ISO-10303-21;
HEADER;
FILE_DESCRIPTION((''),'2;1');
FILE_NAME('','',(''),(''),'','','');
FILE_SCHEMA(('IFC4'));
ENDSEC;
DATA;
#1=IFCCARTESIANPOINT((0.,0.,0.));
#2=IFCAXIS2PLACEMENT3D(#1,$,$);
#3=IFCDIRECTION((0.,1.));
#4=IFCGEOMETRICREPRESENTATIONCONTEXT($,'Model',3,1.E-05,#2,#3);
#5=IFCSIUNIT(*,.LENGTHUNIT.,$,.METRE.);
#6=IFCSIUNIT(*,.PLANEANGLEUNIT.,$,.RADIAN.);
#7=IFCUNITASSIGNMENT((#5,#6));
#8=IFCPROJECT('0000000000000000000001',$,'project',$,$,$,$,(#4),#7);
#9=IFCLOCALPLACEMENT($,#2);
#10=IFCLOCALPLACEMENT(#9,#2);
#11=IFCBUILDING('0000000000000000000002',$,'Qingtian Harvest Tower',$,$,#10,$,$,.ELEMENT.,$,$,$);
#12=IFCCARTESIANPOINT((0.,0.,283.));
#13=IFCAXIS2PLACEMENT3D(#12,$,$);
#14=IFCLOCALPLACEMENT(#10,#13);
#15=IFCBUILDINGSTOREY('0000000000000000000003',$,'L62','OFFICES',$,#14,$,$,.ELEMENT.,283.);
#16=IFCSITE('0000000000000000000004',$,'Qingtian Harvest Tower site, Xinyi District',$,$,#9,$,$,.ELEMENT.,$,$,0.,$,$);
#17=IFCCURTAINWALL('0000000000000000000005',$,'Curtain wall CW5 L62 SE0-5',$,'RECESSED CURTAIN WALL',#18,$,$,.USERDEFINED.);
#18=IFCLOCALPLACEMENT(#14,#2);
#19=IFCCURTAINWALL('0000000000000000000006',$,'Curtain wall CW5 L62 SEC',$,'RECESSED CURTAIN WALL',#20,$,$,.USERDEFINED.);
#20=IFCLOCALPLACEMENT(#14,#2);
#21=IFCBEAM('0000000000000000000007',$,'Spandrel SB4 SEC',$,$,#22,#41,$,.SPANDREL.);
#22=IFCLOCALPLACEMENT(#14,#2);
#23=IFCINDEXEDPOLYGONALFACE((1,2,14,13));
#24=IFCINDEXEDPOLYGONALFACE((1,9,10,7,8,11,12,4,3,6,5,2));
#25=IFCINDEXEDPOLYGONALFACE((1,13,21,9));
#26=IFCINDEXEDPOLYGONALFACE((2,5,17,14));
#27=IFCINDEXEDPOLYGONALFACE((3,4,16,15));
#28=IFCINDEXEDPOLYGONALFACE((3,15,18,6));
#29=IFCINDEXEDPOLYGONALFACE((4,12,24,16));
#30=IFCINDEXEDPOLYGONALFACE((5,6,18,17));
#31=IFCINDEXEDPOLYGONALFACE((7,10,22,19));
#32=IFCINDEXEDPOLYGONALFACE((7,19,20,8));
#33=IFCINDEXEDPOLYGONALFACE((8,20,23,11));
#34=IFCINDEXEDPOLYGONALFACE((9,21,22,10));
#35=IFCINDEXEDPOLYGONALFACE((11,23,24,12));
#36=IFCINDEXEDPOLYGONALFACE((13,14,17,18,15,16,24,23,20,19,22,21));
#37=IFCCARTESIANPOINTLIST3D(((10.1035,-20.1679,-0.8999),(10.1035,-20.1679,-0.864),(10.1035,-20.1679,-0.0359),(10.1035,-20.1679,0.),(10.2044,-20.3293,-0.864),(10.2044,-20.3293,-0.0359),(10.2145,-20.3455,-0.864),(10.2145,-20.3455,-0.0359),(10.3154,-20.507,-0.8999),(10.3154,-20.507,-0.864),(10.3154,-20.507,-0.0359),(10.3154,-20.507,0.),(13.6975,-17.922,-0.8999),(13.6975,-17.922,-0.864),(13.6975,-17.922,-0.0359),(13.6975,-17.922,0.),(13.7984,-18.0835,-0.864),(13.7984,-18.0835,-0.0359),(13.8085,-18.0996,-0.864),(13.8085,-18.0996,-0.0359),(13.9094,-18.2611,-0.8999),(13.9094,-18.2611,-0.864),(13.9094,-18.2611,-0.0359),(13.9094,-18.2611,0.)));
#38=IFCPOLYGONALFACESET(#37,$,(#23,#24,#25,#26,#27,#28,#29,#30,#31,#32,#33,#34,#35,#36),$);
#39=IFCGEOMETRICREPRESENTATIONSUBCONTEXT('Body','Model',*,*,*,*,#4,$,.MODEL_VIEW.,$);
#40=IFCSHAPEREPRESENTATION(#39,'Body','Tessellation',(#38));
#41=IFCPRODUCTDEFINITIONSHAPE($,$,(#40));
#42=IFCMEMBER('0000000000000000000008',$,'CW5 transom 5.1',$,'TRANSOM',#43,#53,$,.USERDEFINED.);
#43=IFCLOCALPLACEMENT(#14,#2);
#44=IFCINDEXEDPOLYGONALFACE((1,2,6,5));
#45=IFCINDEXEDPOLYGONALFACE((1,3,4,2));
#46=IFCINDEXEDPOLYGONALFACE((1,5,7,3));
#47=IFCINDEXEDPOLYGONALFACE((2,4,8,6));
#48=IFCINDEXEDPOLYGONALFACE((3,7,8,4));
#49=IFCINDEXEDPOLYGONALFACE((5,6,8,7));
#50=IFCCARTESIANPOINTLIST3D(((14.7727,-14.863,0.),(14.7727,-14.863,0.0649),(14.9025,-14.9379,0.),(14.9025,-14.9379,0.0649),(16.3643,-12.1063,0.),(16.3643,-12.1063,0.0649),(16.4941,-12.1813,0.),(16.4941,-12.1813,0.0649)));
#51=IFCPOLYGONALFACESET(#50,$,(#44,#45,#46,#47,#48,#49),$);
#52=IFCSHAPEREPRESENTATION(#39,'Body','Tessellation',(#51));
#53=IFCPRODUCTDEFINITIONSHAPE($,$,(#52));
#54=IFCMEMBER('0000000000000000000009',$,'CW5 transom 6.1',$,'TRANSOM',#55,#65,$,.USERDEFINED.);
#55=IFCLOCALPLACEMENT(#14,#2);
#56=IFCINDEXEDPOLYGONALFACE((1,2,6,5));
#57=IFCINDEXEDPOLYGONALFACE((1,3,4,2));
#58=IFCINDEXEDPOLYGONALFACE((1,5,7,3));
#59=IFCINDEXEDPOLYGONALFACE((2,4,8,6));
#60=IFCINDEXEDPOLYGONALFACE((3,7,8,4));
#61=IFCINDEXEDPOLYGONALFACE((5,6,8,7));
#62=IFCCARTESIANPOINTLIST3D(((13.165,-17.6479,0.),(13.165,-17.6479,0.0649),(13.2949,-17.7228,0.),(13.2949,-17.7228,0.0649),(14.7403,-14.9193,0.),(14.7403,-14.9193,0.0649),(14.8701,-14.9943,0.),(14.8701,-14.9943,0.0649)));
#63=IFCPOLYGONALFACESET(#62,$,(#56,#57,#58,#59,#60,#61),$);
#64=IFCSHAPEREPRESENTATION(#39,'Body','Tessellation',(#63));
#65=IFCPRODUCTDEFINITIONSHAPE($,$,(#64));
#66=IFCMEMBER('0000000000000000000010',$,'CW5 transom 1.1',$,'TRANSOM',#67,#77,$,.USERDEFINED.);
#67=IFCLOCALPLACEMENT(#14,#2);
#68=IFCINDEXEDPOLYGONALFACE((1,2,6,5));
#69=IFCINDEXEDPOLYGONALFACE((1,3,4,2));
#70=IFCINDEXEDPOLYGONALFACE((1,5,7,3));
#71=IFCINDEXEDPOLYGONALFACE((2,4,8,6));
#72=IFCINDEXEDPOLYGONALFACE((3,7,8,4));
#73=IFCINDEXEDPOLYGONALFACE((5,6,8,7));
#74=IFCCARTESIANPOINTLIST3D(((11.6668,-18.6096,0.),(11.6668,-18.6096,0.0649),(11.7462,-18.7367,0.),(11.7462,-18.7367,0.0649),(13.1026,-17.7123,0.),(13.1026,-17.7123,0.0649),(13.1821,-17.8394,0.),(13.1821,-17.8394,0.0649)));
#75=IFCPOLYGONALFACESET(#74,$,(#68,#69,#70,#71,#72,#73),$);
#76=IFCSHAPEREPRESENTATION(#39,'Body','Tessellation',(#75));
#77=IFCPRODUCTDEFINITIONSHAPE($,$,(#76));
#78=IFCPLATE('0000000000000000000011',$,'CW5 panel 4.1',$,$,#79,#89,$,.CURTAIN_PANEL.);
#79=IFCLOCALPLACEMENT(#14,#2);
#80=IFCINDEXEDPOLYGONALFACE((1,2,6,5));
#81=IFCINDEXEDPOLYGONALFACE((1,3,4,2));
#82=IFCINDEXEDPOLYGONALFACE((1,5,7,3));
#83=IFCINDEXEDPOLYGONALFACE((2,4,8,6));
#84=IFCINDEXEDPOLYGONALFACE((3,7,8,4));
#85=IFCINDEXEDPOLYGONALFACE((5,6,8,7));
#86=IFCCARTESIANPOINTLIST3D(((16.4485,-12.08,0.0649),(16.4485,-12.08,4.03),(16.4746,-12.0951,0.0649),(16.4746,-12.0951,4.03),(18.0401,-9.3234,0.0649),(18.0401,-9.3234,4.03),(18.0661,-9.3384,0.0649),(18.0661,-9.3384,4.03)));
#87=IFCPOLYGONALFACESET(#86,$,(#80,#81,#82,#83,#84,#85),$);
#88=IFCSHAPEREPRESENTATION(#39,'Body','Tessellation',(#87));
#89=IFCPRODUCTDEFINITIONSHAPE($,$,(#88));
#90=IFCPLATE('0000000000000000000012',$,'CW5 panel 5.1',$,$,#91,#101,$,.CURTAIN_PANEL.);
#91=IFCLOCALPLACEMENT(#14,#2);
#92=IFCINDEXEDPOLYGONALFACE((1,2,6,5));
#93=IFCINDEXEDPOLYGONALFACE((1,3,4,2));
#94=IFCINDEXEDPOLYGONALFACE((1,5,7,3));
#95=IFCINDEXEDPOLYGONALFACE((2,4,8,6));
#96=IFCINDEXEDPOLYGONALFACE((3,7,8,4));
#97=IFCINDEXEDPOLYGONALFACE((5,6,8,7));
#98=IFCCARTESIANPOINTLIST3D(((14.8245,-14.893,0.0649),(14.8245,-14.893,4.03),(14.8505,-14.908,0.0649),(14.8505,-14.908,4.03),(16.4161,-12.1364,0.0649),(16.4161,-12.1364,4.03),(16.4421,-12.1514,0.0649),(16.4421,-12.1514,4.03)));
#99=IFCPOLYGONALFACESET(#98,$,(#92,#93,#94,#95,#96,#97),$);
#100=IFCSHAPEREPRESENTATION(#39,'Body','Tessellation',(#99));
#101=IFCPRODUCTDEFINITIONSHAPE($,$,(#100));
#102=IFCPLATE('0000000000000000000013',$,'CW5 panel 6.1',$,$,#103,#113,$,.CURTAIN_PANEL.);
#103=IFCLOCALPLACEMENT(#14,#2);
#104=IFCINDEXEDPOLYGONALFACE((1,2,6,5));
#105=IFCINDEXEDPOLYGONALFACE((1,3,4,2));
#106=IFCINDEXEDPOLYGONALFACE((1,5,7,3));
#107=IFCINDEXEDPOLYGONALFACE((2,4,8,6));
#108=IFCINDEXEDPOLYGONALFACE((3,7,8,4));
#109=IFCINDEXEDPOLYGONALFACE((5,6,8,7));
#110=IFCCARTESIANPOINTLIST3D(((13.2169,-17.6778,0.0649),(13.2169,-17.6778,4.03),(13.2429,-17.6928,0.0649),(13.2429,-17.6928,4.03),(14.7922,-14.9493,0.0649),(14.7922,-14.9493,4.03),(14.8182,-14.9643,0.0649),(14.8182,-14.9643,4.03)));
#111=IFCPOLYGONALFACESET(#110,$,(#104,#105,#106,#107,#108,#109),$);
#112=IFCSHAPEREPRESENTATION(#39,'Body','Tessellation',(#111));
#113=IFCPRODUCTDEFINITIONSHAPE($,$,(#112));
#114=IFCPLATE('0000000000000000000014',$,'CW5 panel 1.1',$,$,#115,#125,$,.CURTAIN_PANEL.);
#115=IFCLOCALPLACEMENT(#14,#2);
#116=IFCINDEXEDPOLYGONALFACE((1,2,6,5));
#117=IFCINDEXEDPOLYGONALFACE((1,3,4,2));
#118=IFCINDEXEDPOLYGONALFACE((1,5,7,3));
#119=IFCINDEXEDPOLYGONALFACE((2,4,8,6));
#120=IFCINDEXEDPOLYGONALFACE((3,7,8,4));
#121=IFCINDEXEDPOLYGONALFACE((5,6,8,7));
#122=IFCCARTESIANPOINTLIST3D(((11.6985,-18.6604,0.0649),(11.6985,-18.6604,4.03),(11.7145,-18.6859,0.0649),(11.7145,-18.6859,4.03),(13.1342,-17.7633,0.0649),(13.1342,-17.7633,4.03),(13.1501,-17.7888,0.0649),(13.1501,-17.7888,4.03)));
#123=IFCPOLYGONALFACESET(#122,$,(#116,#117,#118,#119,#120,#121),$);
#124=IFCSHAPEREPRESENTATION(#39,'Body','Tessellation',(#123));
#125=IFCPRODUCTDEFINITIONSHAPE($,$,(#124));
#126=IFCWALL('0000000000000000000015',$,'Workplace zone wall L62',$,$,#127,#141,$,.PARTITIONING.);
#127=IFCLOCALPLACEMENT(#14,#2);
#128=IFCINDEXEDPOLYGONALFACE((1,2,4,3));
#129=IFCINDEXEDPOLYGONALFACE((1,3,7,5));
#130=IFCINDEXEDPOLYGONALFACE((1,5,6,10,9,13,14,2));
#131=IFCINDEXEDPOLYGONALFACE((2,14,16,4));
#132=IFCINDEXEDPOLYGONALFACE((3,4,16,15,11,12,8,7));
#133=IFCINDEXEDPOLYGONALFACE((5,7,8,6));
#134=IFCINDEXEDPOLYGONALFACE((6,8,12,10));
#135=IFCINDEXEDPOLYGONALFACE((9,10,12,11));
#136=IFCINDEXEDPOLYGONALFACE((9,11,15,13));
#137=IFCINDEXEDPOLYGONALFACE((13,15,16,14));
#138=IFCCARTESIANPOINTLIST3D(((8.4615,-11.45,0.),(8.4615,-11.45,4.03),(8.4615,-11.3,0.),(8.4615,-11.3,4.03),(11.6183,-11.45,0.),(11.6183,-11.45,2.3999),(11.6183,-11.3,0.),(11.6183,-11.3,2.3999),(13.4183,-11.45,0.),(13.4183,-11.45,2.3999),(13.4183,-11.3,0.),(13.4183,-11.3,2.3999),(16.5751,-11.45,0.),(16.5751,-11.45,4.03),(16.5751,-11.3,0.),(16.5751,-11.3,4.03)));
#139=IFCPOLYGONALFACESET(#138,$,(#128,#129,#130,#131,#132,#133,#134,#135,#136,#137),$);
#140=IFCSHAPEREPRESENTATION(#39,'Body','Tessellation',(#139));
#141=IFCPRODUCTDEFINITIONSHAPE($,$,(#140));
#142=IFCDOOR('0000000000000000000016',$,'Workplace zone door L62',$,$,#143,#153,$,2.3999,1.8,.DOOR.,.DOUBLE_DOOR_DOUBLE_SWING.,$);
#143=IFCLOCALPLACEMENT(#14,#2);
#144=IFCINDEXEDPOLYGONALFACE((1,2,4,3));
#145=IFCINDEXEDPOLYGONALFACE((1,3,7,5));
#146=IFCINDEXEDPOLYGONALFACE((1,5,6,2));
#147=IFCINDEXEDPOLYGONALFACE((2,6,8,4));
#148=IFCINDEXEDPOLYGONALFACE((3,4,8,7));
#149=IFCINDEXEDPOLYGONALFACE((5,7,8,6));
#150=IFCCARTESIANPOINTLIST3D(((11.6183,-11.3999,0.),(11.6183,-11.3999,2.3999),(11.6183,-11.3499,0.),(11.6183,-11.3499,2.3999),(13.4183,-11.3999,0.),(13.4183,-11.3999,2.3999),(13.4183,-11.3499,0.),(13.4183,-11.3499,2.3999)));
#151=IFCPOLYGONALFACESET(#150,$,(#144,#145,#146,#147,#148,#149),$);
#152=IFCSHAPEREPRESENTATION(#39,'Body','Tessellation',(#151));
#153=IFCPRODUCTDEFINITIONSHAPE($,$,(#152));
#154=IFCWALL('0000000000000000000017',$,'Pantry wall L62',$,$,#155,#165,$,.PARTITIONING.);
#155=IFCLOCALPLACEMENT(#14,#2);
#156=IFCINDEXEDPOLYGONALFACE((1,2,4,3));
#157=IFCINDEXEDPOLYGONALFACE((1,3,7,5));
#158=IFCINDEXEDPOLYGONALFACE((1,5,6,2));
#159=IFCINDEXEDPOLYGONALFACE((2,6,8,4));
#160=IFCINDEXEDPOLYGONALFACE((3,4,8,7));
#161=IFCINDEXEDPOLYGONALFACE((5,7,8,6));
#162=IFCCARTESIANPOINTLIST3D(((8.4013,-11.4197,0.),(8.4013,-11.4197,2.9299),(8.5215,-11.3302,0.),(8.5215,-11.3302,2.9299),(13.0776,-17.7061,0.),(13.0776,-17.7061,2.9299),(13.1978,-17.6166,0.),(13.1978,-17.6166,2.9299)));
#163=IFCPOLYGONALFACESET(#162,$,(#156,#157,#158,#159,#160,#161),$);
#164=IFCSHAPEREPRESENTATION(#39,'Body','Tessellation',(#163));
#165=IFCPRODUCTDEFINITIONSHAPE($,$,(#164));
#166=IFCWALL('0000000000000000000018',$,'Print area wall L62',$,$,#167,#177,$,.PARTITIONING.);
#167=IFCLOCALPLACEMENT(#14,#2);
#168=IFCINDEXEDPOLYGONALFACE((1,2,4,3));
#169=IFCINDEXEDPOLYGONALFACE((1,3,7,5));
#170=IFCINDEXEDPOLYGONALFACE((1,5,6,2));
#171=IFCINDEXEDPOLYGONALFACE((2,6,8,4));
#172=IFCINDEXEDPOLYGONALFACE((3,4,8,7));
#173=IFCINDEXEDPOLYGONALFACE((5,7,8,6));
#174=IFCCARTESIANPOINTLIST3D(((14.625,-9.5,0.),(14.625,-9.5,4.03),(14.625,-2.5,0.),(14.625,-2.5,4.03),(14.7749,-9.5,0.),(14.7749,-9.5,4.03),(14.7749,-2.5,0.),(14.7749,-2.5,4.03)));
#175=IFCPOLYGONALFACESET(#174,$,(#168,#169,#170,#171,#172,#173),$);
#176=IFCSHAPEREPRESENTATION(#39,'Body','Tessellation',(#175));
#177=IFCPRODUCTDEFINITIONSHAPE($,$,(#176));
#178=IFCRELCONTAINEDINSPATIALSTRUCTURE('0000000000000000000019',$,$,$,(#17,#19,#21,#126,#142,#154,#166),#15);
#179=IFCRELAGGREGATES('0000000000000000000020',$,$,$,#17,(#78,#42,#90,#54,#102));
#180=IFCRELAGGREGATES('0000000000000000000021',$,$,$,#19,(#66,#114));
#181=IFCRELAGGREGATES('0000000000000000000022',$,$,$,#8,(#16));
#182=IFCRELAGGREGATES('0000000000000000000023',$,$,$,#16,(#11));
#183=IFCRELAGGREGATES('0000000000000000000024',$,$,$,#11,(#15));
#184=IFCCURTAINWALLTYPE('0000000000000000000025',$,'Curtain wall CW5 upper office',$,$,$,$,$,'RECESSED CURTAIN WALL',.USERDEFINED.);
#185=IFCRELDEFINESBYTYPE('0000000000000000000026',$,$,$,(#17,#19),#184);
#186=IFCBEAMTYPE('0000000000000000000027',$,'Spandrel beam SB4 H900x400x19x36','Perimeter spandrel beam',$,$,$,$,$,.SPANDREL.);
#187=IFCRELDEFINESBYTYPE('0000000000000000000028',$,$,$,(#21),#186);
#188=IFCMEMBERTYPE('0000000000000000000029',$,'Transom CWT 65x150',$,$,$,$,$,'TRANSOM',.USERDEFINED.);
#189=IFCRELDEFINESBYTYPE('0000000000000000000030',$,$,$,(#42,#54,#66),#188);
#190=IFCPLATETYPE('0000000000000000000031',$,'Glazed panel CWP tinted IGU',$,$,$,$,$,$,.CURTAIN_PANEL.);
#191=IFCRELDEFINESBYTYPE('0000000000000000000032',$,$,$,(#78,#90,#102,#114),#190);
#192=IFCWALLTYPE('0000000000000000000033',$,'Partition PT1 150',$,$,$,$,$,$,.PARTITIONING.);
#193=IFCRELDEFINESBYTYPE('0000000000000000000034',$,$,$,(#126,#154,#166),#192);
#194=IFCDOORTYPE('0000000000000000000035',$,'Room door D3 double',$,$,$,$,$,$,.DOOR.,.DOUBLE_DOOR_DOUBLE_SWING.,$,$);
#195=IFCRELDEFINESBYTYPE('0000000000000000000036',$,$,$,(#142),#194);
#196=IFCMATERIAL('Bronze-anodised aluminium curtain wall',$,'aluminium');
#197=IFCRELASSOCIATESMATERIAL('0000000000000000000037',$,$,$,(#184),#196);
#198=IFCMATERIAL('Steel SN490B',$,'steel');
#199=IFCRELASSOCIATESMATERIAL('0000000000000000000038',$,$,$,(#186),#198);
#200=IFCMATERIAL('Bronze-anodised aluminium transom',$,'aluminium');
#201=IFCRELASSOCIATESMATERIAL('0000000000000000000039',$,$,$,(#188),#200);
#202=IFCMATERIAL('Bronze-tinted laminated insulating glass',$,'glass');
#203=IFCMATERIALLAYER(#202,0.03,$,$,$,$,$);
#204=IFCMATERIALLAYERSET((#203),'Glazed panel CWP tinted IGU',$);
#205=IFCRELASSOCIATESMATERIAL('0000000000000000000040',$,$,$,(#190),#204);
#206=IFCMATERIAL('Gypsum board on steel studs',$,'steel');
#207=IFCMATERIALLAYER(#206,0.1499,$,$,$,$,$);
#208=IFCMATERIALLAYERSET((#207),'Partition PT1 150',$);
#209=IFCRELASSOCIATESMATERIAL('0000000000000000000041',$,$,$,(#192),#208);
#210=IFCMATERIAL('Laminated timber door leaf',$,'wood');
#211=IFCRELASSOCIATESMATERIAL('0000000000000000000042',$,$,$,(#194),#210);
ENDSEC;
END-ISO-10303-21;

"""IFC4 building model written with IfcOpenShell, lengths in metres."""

from ifc_helpers import new_model, si_unit, direction, frame, frame_2d, origin, origin_2d, place, context, subcontext, project, spatial, rectangle, i_section, extrude, material, layer, layer_set, material_profile, profile_set, type_object, element, fill, aggregate, save


model = new_model("IFC4")

# Units and contexts
model_context = context("Model", 3, precision=1e-05, world=origin(), true_north=direction((0.0, 1.0)))
body_context = subcontext(model_context, "Body", "Model", "MODEL_VIEW")
ifc_project = project(units=[si_unit("LENGTHUNIT", "METRE"), si_unit("PLANEANGLEUNIT", "RADIAN")], contexts=[model_context])

# Site, building, storey
site_placement = place(None, origin())
site = spatial("IfcSite", under=ifc_project, at=site_placement, Name="Qingtian Harvest Tower site, Xinyi District", CompositionType="ELEMENT", RefElevation=0.0)
building_placement = place(site_placement, origin())
building = spatial("IfcBuilding", under=site, at=building_placement, Name="Qingtian Harvest Tower", CompositionType="ELEMENT")
storey_placement = place(building_placement, frame((0.0, 0.0, 283.0)))
storey = spatial("IfcBuildingStorey", under=building, at=storey_placement, Name="L62", Description="OFFICES", CompositionType="ELEMENT", Elevation=283.0)

# Curtain walls
ifc_material_1 = material(Name="Bronze-anodised aluminium curtain wall", Category="aluminium")
curtain_wall_type = type_object("IfcCurtainWallType", Name="Curtain wall CW5 upper office", ElementType="RECESSED CURTAIN WALL", PredefinedType="USERDEFINED", material=ifc_material_1)
curtain_wall_1_placement = place(storey_placement, origin())
curtain_wall_1 = element("IfcCurtainWall", 1, at=curtain_wall_1_placement, inside=storey, type_object=curtain_wall_type, Name="Curtain wall CW5 L62 SE0-5", ObjectType="RECESSED CURTAIN WALL", PredefinedType="USERDEFINED")
curtain_wall_2_placement = place(storey_placement, origin())
curtain_wall_2 = element("IfcCurtainWall", 2, at=curtain_wall_2_placement, inside=storey, type_object=curtain_wall_type, Name="Curtain wall CW5 L62 SEC", ObjectType="RECESSED CURTAIN WALL", PredefinedType="USERDEFINED")

# Beam
ifc_material_2 = material(Name="Steel SN490B", Category="steel")
ifc_material_profile_1 = material_profile(ifc_material_2, i_section(OverallWidth=0.3999, OverallDepth=0.8999, WebThickness=0.019, FlangeThickness=0.0359, at=origin_2d()), Name="H900x400x19x36")
ifc_profile_set_1 = profile_set([ifc_material_profile_1], Name="Steel SN490B")
beam_type_1 = type_object("IfcBeamType", Name="Spandrel beam SB4 H900x400x19x36", Description="Perimeter spandrel beam", PredefinedType="SPANDREL", material=ifc_profile_set_1)
beam_1_placement = place(storey_placement, frame((13.8035, -18.0916, -0.45), z_axis=(-0.84804, -0.529932, 0.0), x_axis=(0.529932, -0.84804, 0.0)))
element("IfcBeam", 3, at=beam_1_placement, inside=storey, type_object=beam_type_1, Name="Spandrel SB4 SEC", PredefinedType="SPANDREL", context=body_context, shape_type="SweptSolid", body=[
    extrude(i_section(OverallWidth=0.3999, OverallDepth=0.8999, WebThickness=0.019, FlangeThickness=0.0359, at=origin_2d()), origin(), (0.0, 0.0, 1.0), 4.238),
])

# Members
ifc_material_3 = material(Name="Bronze-anodised aluminium transom", Category="aluminium")
ifc_material_profile_2 = material_profile(ifc_material_3, rectangle(XDim=0.1499, YDim=0.0649, at=origin_2d()), Name="AL 65x150")
ifc_profile_set_2 = profile_set([ifc_material_profile_2], Name="Bronze-anodised aluminium transom")
member_type_1 = type_object("IfcMemberType", Name="Transom CWT 65x150", ElementType="TRANSOM", PredefinedType="USERDEFINED", material=ifc_profile_set_2)
member_1_placement = place(storey_placement, frame((16.4292, -12.1438, 0.0325), z_axis=(-0.500008, -0.866021, 0.0), x_axis=(0.866021, -0.500008, 0.0)))
member_1 = element("IfcMember", 4, at=member_1_placement, type_object=member_type_1, Name="CW5 transom 5.1", ObjectType="TRANSOM", PredefinedType="USERDEFINED", context=body_context, shape_type="SweptSolid", body=[
    extrude(rectangle(XDim=0.1499, YDim=0.0649, at=origin_2d()), origin(), (0.0, 0.0, 1.0), 3.1831),
])
member_2_placement = place(storey_placement, frame((14.8052, -14.9568, 0.0325), z_axis=(-0.499973, -0.866041, 0.0), x_axis=(0.866041, -0.499973, 0.0)))
member_2 = element("IfcMember", 5, at=member_2_placement, type_object=member_type_1, Name="CW5 transom 6.1", ObjectType="TRANSOM", PredefinedType="USERDEFINED", context=body_context, shape_type="SweptSolid", body=[
    extrude(rectangle(XDim=0.1499, YDim=0.0649, at=origin_2d()), origin(), (0.0, 0.0, 1.0), 3.1506),
])
member_3_placement = place(storey_placement, frame((13.1423, -17.7759, 0.0325), z_axis=(-0.848039, -0.529934, 0.0), x_axis=(0.529934, -0.848039, 0.0)))
member_3 = element("IfcMember", 6, at=member_3_placement, type_object=member_type_1, Name="CW5 transom 1.1", ObjectType="TRANSOM", PredefinedType="USERDEFINED", context=body_context, shape_type="SweptSolid", body=[
    extrude(rectangle(XDim=0.1499, YDim=0.0649, at=origin_2d()), origin(), (0.0, 0.0, 1.0), 1.6931),
])

# Plates
ifc_material_4 = material(Name="Bronze-tinted laminated insulating glass", Category="glass")
ifc_layer_1 = layer(ifc_material_4, 0.03)
ifc_layer_set_1 = layer_set([ifc_layer_1], Name="Glazed panel CWP tinted IGU")
plate_type = type_object("IfcPlateType", Name="Glazed panel CWP tinted IGU", PredefinedType="CURTAIN_PANEL", material=ifc_layer_set_1)
plate_1_placement = place(storey_placement, frame((17.2573, -10.7092, 0.0649), z_axis=(0.0, 0.0, 1.0), x_axis=(-0.5, -0.866025, 0.0)))
plate_1 = element("IfcPlate", 7, at=plate_1_placement, type_object=plate_type, Name="CW5 panel 4.1", PredefinedType="CURTAIN_PANEL", context=body_context, shape_type="SweptSolid", body=[
    extrude(rectangle(XDim=3.1831, YDim=0.03, at=origin_2d()), origin(), (0.0, 0.0, 1.0), 3.9651),
])
plate_2_placement = place(storey_placement, frame((15.6333, -13.5222, 0.0649), z_axis=(0.0, 0.0, 1.0), x_axis=(-0.5, -0.866025, 0.0)))
plate_2 = element("IfcPlate", 8, at=plate_2_placement, type_object=plate_type, Name="CW5 panel 5.1", PredefinedType="CURTAIN_PANEL", context=body_context, shape_type="SweptSolid", body=[
    extrude(rectangle(XDim=3.1831, YDim=0.03, at=origin_2d()), origin(), (0.0, 0.0, 1.0), 3.9651),
])
plate_3_placement = place(storey_placement, frame((14.0176, -16.321, 0.0649), z_axis=(0.0, 0.0, 1.0), x_axis=(-0.5, -0.866025, 0.0)))
plate_3 = element("IfcPlate", 9, at=plate_3_placement, type_object=plate_type, Name="CW5 panel 6.1", PredefinedType="CURTAIN_PANEL", context=body_context, shape_type="SweptSolid", body=[
    extrude(rectangle(XDim=3.1506, YDim=0.03, at=origin_2d()), origin(), (0.0, 0.0, 1.0), 3.9651),
])
aggregate(curtain_wall_1, [plate_1, member_1, plate_2, member_2, plate_3])
plate_4_placement = place(storey_placement, frame((12.4243, -18.2246, 0.0649), z_axis=(0.0, 0.0, 1.0), x_axis=(-0.848048, -0.529919, 0.0)))
plate_4 = element("IfcPlate", 10, at=plate_4_placement, type_object=plate_type, Name="CW5 panel 1.1", PredefinedType="CURTAIN_PANEL", context=body_context, shape_type="SweptSolid", body=[
    extrude(rectangle(XDim=1.6929, YDim=0.03, at=origin_2d()), origin(), (0.0, 0.0, 1.0), 3.9651),
])
aggregate(curtain_wall_2, [member_3, plate_4])

# Wall, opening, door
ifc_material_5 = material(Name="Gypsum board on steel studs", Category="steel")
ifc_layer_2 = layer(ifc_material_5, 0.1499)
ifc_layer_set_2 = layer_set([ifc_layer_2], Name="Partition PT1 150")
wall_type = type_object("IfcWallType", Name="Partition PT1 150", PredefinedType="PARTITIONING", material=ifc_layer_set_2)
wall_1_placement = place(storey_placement, frame((16.575, -11.375, 0.0), z_axis=(0.0, 0.0, 1.0), x_axis=(-1.0, 0.0, 0.0)))
wall_1 = element("IfcWall", 11, at=wall_1_placement, inside=storey, type_object=wall_type, Name="Workplace zone wall L62", PredefinedType="PARTITIONING", context=body_context, shape_type="SweptSolid", body=[
    extrude(rectangle(XDim=8.1135, YDim=0.1499, at=frame_2d((4.0566, 0.0))), origin(), (0.0, 0.0, 1.0), 4.03),
])
opening_placement = place(wall_1_placement, frame((3.1567, 0.0, 0.0)))
opening = element("IfcOpeningElement", 12, at=opening_placement, cuts=wall_1, PredefinedType="OPENING", context=body_context, shape_type="SweptSolid", body=[
    extrude(rectangle(XDim=1.8, YDim=2.3999, at=frame_2d((0.8999, 1.2))), frame((0.0, 0.085, 0.0), z_axis=(0.0, -1.0, 0.0), x_axis=(1.0, 0.0, 0.0)), (0.0, 0.0, 1.0), 0.1699),
])
ifc_material_6 = material(Name="Laminated timber door leaf", Category="wood")
door_type = type_object("IfcDoorType", Name="Room door D3 double", OperationType="DOUBLE_DOOR_DOUBLE_SWING", PredefinedType="DOOR", material=ifc_material_6)
door_placement = place(opening_placement, origin())
door = element("IfcDoor", 13, at=door_placement, inside=storey, type_object=door_type, Name="Workplace zone door L62", OperationType="DOUBLE_DOOR_DOUBLE_SWING", OverallHeight=2.3999, OverallWidth=1.8, PredefinedType="DOOR", context=body_context, shape_type="SweptSolid", body=[
    extrude(rectangle(XDim=1.8, YDim=2.3999, at=frame_2d((0.8999, 1.2))), frame((0.0, 0.0249, 0.0), z_axis=(0.0, -1.0, 0.0), x_axis=(1.0, 0.0, 0.0)), (0.0, 0.0, 1.0), 0.05),
])
fill(opening, door)

# Walls
wall_2_placement = place(storey_placement, frame((13.1377, -17.6614, 0.0), z_axis=(0.0, 0.0, 1.0), x_axis=(-0.596849, 0.802353, 0.0)))
element("IfcWall", 14, at=wall_2_placement, inside=storey, type_object=wall_type, Name="Pantry wall L62", PredefinedType="PARTITIONING", context=body_context, shape_type="SweptSolid", body=[
    extrude(rectangle(XDim=7.835, YDim=0.1499, at=frame_2d((3.9175, 0.0))), origin(), (0.0, 0.0, 1.0), 2.9299),
])
wall_3_placement = place(storey_placement, frame((14.7, -9.5, 0.0), z_axis=(0.0, 0.0, 1.0), x_axis=(0.0, 1.0, 0.0)))
element("IfcWall", 15, at=wall_3_placement, inside=storey, type_object=wall_type, Name="Print area wall L62", PredefinedType="PARTITIONING", context=body_context, shape_type="SweptSolid", body=[
    extrude(rectangle(XDim=7.0, YDim=0.1499, at=frame_2d((3.5, 0.0))), origin(), (0.0, 0.0, 1.0), 4.03),
])

save(model, "model.ifc")
